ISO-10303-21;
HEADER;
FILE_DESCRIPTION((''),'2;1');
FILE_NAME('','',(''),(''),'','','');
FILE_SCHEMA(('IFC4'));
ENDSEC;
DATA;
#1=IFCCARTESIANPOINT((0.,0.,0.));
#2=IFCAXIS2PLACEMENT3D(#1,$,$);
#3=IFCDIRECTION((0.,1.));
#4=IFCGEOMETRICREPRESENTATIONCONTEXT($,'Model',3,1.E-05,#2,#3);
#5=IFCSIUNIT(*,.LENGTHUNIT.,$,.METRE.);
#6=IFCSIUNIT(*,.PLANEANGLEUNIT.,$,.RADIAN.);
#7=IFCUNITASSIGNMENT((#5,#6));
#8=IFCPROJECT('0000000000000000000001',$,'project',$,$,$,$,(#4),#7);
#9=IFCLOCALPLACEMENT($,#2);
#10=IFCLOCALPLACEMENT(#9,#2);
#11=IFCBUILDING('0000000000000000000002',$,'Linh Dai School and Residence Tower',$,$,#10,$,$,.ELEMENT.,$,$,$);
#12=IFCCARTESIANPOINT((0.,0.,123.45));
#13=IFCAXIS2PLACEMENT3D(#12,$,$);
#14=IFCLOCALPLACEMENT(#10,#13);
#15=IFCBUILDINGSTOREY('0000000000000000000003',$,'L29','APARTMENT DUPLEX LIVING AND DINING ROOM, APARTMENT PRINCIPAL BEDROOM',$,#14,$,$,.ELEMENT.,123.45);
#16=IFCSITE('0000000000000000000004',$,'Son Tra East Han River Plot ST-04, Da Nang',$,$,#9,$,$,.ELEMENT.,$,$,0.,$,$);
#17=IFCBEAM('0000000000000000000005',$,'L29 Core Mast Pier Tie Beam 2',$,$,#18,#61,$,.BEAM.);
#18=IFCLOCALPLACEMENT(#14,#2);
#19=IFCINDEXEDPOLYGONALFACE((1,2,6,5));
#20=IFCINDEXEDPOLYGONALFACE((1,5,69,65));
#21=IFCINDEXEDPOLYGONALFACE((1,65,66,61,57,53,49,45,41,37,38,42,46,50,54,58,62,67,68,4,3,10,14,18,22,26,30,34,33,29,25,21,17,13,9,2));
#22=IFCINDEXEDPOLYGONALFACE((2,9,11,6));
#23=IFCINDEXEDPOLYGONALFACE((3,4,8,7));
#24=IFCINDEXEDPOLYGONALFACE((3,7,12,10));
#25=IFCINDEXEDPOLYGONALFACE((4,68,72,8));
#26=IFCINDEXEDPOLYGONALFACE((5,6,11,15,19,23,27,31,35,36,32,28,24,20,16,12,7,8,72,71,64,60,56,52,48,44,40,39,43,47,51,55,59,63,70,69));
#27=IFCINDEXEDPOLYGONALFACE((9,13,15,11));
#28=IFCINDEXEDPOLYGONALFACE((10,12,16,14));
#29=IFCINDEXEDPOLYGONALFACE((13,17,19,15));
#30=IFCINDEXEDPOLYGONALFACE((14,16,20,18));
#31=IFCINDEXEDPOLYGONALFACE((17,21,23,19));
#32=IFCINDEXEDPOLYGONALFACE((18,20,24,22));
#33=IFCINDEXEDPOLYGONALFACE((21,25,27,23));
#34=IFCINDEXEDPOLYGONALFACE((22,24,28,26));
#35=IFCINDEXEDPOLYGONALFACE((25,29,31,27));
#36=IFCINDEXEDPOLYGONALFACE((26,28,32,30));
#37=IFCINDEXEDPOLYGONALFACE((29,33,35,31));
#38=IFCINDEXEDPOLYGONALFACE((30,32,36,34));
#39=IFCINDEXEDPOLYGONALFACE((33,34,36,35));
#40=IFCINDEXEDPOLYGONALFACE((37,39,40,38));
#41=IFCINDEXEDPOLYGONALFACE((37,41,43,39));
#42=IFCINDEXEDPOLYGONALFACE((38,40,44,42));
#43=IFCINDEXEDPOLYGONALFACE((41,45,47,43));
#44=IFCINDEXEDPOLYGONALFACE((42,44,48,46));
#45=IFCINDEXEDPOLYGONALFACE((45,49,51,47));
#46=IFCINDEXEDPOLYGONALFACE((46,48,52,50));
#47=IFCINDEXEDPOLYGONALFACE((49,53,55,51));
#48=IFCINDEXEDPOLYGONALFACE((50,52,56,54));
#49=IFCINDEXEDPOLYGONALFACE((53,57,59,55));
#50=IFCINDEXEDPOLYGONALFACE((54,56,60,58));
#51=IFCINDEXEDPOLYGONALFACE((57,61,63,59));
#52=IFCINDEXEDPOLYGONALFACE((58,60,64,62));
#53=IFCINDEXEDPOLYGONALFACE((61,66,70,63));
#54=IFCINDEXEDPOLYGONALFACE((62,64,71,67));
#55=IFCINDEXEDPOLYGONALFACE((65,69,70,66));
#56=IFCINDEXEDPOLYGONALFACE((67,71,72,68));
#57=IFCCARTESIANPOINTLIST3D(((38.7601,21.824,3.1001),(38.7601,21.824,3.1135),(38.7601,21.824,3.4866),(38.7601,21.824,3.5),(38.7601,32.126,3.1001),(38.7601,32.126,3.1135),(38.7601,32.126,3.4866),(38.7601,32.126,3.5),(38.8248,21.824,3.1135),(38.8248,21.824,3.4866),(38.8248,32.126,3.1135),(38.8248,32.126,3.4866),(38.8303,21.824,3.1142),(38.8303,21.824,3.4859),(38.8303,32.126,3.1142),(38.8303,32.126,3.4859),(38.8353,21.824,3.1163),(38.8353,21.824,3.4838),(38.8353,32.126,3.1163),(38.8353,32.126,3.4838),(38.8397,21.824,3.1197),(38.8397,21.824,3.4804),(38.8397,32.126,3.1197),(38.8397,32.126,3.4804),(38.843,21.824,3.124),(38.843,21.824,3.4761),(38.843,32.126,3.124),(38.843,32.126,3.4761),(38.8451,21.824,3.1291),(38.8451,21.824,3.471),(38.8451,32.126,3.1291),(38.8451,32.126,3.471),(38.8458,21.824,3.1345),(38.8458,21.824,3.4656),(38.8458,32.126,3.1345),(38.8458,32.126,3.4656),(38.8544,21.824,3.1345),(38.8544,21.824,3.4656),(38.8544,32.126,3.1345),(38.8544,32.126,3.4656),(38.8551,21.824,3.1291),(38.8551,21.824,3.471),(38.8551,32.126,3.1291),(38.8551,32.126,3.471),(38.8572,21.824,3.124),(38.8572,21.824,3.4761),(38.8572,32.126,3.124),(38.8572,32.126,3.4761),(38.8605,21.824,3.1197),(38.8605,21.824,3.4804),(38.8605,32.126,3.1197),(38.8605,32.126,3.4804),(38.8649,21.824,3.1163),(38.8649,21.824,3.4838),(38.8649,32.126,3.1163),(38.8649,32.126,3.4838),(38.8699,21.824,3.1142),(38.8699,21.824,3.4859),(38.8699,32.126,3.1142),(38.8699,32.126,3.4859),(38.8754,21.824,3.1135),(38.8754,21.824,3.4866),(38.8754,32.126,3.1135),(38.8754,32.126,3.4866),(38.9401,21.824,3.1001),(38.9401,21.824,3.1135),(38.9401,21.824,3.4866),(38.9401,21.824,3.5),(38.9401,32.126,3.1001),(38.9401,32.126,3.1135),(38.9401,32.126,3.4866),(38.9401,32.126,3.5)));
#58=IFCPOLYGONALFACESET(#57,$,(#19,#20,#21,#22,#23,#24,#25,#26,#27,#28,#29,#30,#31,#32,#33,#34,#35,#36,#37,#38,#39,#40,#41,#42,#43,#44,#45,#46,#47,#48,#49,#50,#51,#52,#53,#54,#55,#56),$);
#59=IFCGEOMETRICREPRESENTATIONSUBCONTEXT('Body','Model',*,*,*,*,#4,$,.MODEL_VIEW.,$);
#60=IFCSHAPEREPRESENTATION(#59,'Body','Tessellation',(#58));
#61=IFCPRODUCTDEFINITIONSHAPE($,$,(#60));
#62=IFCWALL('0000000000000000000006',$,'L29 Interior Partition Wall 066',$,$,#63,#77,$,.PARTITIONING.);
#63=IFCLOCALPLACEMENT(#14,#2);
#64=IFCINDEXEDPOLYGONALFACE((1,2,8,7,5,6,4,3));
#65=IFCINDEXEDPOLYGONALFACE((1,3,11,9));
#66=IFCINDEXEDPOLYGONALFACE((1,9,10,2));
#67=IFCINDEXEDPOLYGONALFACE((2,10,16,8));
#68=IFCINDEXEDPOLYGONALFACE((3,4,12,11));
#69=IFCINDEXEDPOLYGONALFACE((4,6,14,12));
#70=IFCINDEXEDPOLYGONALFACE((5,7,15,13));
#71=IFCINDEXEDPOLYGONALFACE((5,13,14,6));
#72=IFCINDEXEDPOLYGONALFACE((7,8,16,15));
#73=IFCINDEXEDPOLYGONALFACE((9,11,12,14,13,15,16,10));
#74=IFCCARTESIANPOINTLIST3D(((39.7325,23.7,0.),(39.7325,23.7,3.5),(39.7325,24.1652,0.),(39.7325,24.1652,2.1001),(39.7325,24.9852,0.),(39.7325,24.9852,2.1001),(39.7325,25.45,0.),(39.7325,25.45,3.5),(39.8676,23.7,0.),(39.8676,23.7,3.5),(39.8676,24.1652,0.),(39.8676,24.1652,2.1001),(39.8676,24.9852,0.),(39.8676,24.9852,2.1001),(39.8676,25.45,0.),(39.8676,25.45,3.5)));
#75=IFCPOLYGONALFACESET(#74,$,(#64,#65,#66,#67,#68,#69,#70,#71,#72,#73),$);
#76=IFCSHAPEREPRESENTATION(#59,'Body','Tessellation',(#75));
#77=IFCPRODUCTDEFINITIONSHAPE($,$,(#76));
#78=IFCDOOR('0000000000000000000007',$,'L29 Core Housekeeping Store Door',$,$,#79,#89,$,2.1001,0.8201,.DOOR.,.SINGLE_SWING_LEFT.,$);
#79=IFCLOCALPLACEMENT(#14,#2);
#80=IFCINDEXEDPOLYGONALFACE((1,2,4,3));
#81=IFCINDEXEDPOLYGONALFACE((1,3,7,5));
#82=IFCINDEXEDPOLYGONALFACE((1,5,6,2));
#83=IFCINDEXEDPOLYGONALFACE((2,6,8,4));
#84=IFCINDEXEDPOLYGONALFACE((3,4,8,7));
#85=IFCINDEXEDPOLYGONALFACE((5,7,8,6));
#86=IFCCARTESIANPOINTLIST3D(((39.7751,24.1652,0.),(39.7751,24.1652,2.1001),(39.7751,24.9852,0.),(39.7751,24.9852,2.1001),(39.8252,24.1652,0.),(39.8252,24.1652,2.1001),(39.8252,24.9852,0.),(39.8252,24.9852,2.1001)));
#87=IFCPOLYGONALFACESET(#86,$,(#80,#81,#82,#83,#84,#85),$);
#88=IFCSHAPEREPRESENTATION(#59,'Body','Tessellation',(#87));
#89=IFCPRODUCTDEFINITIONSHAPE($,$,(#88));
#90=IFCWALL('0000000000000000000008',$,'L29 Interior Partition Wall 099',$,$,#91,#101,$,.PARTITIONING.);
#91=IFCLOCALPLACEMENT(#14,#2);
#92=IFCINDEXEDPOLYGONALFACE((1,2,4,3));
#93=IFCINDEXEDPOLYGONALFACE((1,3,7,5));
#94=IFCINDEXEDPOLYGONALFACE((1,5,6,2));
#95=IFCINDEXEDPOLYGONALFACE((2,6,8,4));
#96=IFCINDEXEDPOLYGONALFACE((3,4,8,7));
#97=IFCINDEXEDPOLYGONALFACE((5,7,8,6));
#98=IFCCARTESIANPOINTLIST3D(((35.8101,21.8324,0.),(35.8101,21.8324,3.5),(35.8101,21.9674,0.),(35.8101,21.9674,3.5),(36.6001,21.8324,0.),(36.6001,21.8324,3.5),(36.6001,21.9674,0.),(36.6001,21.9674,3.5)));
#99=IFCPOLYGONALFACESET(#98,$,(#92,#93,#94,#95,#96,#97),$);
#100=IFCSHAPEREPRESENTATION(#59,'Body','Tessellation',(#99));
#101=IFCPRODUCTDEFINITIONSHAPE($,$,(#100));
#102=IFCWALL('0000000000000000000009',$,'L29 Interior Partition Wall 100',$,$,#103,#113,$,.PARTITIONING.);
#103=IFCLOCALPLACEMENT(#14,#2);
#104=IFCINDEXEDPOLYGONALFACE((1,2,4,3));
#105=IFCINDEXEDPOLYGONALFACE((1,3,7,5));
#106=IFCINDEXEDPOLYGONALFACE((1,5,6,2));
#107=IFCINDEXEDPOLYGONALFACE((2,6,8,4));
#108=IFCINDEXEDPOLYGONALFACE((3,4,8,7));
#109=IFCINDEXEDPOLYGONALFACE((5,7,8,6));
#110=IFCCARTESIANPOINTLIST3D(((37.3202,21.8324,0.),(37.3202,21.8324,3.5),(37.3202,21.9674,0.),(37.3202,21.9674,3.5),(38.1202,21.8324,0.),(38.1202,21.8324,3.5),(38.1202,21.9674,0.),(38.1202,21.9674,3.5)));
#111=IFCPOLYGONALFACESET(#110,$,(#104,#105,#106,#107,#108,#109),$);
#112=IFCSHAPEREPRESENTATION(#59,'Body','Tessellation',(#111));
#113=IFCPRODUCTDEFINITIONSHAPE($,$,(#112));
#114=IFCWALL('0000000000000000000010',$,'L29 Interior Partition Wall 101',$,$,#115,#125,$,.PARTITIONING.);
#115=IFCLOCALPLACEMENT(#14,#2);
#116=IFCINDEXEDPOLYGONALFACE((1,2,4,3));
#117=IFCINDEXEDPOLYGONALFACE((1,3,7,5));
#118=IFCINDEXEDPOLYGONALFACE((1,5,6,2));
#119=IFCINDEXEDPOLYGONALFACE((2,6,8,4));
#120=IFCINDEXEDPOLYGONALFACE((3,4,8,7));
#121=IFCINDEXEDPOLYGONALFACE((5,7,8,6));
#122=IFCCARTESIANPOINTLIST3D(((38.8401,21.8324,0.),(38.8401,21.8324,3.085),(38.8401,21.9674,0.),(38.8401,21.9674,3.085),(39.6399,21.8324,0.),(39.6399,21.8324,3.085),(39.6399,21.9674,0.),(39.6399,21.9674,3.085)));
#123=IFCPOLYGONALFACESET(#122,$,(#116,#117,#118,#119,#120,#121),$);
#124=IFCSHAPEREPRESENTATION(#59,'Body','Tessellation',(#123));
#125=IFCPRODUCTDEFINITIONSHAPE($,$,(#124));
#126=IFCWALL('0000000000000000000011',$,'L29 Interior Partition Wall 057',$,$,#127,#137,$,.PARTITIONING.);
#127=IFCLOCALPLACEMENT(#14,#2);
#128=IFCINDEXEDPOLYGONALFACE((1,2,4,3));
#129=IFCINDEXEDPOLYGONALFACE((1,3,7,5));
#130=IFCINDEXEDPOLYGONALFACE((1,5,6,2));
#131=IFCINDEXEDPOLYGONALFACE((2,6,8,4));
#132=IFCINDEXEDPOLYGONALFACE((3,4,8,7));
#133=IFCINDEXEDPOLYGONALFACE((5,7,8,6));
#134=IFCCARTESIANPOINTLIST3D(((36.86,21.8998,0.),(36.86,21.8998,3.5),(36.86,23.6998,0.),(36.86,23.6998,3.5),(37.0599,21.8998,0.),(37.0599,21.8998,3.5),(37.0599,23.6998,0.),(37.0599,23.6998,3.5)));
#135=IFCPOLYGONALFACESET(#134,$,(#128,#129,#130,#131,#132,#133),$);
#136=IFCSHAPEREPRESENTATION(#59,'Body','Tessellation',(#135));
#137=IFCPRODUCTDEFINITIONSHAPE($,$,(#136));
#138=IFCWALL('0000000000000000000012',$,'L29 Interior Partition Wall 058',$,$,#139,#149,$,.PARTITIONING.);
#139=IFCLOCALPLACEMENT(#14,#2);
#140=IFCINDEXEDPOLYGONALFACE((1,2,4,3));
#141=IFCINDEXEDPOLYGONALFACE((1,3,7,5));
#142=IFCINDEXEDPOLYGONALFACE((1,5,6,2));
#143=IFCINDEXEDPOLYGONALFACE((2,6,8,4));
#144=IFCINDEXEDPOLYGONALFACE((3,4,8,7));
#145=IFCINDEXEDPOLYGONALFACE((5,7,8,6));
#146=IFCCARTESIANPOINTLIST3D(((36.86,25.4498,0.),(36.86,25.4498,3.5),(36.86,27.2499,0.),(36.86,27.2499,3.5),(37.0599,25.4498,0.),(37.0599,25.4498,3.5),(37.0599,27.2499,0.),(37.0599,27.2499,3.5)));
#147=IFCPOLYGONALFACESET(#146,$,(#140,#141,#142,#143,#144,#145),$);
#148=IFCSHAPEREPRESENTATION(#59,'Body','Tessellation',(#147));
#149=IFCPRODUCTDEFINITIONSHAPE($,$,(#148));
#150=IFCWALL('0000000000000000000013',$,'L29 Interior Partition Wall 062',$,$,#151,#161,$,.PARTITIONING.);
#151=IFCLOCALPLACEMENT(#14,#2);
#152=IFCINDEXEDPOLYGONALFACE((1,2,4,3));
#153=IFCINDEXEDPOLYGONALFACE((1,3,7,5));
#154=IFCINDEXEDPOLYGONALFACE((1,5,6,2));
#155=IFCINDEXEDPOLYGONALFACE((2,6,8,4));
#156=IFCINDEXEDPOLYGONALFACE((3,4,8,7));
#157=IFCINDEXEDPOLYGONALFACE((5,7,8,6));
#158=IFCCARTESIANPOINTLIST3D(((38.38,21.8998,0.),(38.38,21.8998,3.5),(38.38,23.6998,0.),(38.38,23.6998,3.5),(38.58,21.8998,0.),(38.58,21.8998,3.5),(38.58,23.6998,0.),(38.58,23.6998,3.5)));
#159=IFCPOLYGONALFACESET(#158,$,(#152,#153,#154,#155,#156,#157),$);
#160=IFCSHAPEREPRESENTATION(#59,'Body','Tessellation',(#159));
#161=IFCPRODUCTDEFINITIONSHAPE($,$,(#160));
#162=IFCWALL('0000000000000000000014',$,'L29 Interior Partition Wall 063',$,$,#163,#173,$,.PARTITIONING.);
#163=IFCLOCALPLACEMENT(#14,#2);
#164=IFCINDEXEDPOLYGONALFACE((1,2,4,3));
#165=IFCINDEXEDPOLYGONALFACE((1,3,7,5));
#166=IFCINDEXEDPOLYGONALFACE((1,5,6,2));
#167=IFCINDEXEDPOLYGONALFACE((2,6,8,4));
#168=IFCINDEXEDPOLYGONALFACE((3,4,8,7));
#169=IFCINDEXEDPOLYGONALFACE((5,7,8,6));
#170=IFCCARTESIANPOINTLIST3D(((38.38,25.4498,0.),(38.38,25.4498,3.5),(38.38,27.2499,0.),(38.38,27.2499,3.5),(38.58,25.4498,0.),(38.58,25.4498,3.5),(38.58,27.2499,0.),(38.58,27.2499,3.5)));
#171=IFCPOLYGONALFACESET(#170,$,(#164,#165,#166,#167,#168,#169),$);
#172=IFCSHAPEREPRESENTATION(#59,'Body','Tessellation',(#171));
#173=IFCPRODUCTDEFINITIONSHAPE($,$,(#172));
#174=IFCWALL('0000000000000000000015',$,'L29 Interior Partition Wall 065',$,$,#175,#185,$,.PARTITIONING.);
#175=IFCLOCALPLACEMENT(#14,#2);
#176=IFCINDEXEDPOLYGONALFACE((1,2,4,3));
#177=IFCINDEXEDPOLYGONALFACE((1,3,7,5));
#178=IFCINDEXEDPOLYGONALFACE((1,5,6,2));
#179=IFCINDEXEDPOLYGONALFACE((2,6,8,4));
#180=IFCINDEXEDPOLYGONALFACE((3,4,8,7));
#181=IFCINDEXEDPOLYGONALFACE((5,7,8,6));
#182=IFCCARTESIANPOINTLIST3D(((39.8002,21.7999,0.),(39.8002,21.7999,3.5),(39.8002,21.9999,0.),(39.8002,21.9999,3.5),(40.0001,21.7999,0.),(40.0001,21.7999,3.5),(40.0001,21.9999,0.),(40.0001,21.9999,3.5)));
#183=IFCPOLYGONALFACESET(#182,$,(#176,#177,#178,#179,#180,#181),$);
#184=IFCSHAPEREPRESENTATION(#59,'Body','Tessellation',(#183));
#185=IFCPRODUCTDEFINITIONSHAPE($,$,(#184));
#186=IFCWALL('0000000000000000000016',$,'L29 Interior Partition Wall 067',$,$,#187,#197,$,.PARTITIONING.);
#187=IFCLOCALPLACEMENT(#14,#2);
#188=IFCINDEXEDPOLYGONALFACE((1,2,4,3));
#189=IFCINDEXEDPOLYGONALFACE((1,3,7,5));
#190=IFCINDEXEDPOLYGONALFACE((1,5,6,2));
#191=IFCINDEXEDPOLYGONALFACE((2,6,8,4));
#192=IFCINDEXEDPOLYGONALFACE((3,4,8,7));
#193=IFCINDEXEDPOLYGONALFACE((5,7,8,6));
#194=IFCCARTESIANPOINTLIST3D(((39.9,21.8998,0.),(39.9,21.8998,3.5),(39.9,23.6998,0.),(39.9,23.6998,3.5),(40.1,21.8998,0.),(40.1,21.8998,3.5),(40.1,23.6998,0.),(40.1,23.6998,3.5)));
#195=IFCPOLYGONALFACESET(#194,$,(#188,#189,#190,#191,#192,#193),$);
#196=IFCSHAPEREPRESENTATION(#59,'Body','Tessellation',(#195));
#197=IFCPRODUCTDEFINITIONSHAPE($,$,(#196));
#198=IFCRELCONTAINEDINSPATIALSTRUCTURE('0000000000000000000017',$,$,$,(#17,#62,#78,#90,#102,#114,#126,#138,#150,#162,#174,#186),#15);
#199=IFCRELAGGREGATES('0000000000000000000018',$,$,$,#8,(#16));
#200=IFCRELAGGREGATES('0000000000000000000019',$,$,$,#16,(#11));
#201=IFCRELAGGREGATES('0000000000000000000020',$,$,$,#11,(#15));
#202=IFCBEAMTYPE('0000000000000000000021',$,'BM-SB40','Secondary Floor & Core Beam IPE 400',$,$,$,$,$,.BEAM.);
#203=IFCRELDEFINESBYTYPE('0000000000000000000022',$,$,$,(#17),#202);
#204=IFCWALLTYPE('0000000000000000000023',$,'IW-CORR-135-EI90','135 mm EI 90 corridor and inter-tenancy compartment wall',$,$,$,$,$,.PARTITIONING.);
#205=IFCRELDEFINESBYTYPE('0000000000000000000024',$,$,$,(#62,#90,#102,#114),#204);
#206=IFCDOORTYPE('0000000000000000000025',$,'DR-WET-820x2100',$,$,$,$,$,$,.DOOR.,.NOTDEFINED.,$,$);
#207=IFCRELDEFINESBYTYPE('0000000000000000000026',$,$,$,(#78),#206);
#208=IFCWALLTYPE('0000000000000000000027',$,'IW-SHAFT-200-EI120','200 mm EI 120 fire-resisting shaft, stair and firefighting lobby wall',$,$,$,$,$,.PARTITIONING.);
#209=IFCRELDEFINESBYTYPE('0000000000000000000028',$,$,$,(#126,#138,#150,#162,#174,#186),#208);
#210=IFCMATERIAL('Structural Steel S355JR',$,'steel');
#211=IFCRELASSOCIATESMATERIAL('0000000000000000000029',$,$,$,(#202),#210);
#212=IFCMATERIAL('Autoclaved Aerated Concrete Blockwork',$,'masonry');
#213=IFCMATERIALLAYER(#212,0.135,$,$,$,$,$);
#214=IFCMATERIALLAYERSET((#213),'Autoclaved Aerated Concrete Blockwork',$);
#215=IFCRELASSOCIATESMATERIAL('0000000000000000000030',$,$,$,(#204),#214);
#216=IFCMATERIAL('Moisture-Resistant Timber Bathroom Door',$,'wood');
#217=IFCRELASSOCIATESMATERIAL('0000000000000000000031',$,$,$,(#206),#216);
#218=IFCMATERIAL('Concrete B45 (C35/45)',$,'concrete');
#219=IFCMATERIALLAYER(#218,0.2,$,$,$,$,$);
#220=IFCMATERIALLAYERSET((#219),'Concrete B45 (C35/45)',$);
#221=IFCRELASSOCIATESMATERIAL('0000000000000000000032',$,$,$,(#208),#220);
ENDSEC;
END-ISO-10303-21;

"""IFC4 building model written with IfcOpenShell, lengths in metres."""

from ifc_helpers import new_model, si_unit, direction, frame, frame_2d, origin, origin_2d, place, context, subcontext, project, spatial, rectangle, i_section, extrude, source, transform, mapped, material, layer, layer_set, material_profile, profile_set, type_object, element, fill, save


model = new_model("IFC4")

# Units and contexts
model_context = context("Model", 3, precision=1e-05, world=origin(), true_north=direction((0.0, 1.0)))
body_context = subcontext(model_context, "Body", "Model", "MODEL_VIEW")
ifc_project = project(units=[si_unit("LENGTHUNIT", "METRE"), si_unit("PLANEANGLEUNIT", "RADIAN")], contexts=[model_context])

# Site, building, storey
site_placement = place(None, origin())
site = spatial("IfcSite", under=ifc_project, at=site_placement, Name="Son Tra East Han River Plot ST-04, Da Nang", CompositionType="ELEMENT", RefElevation=0.0)
building_placement = place(site_placement, origin())
building = spatial("IfcBuilding", under=site, at=building_placement, Name="Linh Dai School and Residence Tower", CompositionType="ELEMENT")
storey_placement = place(building_placement, frame((0.0, 0.0, 123.45)))
storey = spatial("IfcBuildingStorey", under=building, at=storey_placement, Name="L29", Description="APARTMENT DUPLEX LIVING AND DINING ROOM, APARTMENT PRINCIPAL BEDROOM", CompositionType="ELEMENT", Elevation=123.45)

# Shared definitions
ifc_material_1 = material(Name="Structural Steel S355JR", Category="steel")

# Beam
ifc_material_profile_1 = material_profile(ifc_material_1, i_section(OverallWidth=0.1799, OverallDepth=0.3999, WebThickness=0.0085, FlangeThickness=0.0134, FilletRadius=0.021, at=origin_2d()), Name="IPE 400")
ifc_profile_set_1 = profile_set([ifc_material_profile_1], Name="Structural Steel S355JR")
beam_type = type_object("IfcBeamType", Name="BM-SB40", Description="Secondary Floor & Core Beam IPE 400", PredefinedType="BEAM", material=ifc_profile_set_1)
beam_placement = place(storey_placement, frame((38.8501, 21.824, 3.3), z_axis=(0.0, 1.0, 0.0), x_axis=(-1.0, 0.0, 0.0)))
element("IfcBeam", 1, at=beam_placement, inside=storey, type_object=beam_type, Name="L29 Core Mast Pier Tie Beam 2", PredefinedType="BEAM", context=body_context, shape_type="SweptSolid", body=[
    extrude(i_section(OverallWidth=0.1799, OverallDepth=0.3999, WebThickness=0.0085, FlangeThickness=0.0134, FilletRadius=0.021, at=origin_2d()), origin(), (0.0, 0.0, 1.0), 10.302),
])

# Wall, opening, door
ifc_material_2 = material(Name="Autoclaved Aerated Concrete Blockwork", Category="masonry")
ifc_layer_1 = layer(ifc_material_2, 0.135)
ifc_layer_set_1 = layer_set([ifc_layer_1], Name="Autoclaved Aerated Concrete Blockwork")
wall_type_1 = type_object("IfcWallType", Name="IW-CORR-135-EI90", Description="135 mm EI 90 corridor and inter-tenancy compartment wall", PredefinedType="PARTITIONING", material=ifc_layer_set_1)
wall_1_placement = place(storey_placement, frame((39.8, 23.7, 0.0), z_axis=(0.0, 0.0, 1.0), x_axis=(0.0, 1.0, 0.0)))
wall_1 = element("IfcWall", 2, at=wall_1_placement, inside=storey, type_object=wall_type_1, Name="L29 Interior Partition Wall 066", PredefinedType="PARTITIONING", context=body_context, shape_type="SweptSolid", body=[
    extrude(rectangle(XDim=1.75, YDim=0.135, at=frame_2d((0.875, 0.0))), origin(), (0.0, 0.0, 1.0), 3.5),
])
opening_placement = place(wall_1_placement, frame((0.4651, 0.0, 0.0)))
opening = element("IfcOpeningElement", 3, at=opening_placement, cuts=wall_1, PredefinedType="OPENING", context=body_context, shape_type="SweptSolid", body=[
    extrude(rectangle(XDim=0.8201, YDim=2.1001, at=origin_2d()), frame((0.4102, 0.0776, 1.05), z_axis=(0.0, -1.0, 0.0), x_axis=(1.0, 0.0, 0.0)), (0.0, 0.0, 1.0), 0.155),
])
ifc_material_3 = material(Name="Moisture-Resistant Timber Bathroom Door", Category="wood")
door_type = type_object("IfcDoorType", Name="DR-WET-820x2100", OperationType="NOTDEFINED", PredefinedType="DOOR", material=ifc_material_3)
shared_shape_1 = source(origin(), body_context, "Body", "SweptSolid", [
    extrude(rectangle(XDim=0.8201, YDim=2.1001, at=origin_2d()), frame((0.4102, 0.0249, 1.05), z_axis=(0.0, -1.0, 0.0), x_axis=(1.0, 0.0, 0.0)), (0.0, 0.0, 1.0), 0.05),
])
door_placement = place(opening_placement, origin())
door = element("IfcDoor", 4, at=door_placement, inside=storey, type_object=door_type, Name="L29 Core Housekeeping Store Door", OperationType="SINGLE_SWING_LEFT", OverallHeight=2.1001, OverallWidth=0.8201, PredefinedType="DOOR", context=body_context, shape_type="MappedRepresentation", body=[
    mapped(shared_shape_1, transform((0.0, 0.0, 0.0), x_axis=(1.0, 0.0, 0.0), y_axis=(0.0, 1.0, 0.0), z_axis=(0.0, 0.0, 1.0), scale=1.0)),
])
fill(opening, door)

# Walls
wall_2_placement = place(storey_placement, frame((36.6001, 21.8999, 0.0), z_axis=(0.0, 0.0, 1.0), x_axis=(-1.0, 0.0, 0.0)))
element("IfcWall", 5, at=wall_2_placement, inside=storey, type_object=wall_type_1, Name="L29 Interior Partition Wall 099", PredefinedType="PARTITIONING", context=body_context, shape_type="SweptSolid", body=[
    extrude(rectangle(XDim=0.79, YDim=0.135, at=frame_2d((0.395, 0.0))), origin(), (0.0, 0.0, 1.0), 3.5),
])
wall_3_placement = place(storey_placement, frame((38.1201, 21.8999, 0.0), z_axis=(0.0, 0.0, 1.0), x_axis=(-1.0, 0.0, 0.0)))
element("IfcWall", 6, at=wall_3_placement, inside=storey, type_object=wall_type_1, Name="L29 Interior Partition Wall 100", PredefinedType="PARTITIONING", context=body_context, shape_type="SweptSolid", body=[
    extrude(rectangle(XDim=0.8, YDim=0.135, at=frame_2d((0.3999, 0.0))), origin(), (0.0, 0.0, 1.0), 3.5),
])
wall_4_placement = place(storey_placement, frame((39.6399, 21.8999, 0.0), z_axis=(0.0, 0.0, 1.0), x_axis=(-1.0, 0.0, 0.0)))
element("IfcWall", 7, at=wall_4_placement, inside=storey, type_object=wall_type_1, Name="L29 Interior Partition Wall 101", PredefinedType="PARTITIONING", context=body_context, shape_type="SweptSolid", body=[
    extrude(rectangle(XDim=0.7998, YDim=0.135, at=frame_2d((0.3999, 0.0))), origin(), (0.0, 0.0, 1.0), 3.085),
])
ifc_material_4 = material(Name="Concrete B45 (C35/45)", Category="concrete")
ifc_layer_2 = layer(ifc_material_4, 0.2)
ifc_layer_set_2 = layer_set([ifc_layer_2], Name="Concrete B45 (C35/45)")
wall_type_2 = type_object("IfcWallType", Name="IW-SHAFT-200-EI120", Description="200 mm EI 120 fire-resisting shaft, stair and firefighting lobby wall", PredefinedType="PARTITIONING", material=ifc_layer_set_2)
for number, where, z_axis, x_axis, name in (
    (8, (36.96, 21.8999, 0.0), (0.0, 0.0, 1.0), (0.0, 1.0, 0.0), "L29 Interior Partition Wall 057"),
    (9, (36.96, 25.45, 0.0), (0.0, 0.0, 1.0), (0.0, 1.0, 0.0), "L29 Interior Partition Wall 058"),
    (10, (38.48, 21.8999, 0.0), (0.0, 0.0, 1.0), (0.0, 1.0, 0.0), "L29 Interior Partition Wall 062"),
    (11, (38.48, 25.45, 0.0), (0.0, 0.0, 1.0), (0.0, 1.0, 0.0), "L29 Interior Partition Wall 063"),
):
    element("IfcWall", number, at=place(storey_placement, frame(where, z_axis=z_axis, x_axis=x_axis)), inside=storey, type_object=wall_type_2, Name=name, PredefinedType="PARTITIONING", context=body_context, shape_type="SweptSolid", body=[
        extrude(rectangle(XDim=1.8, YDim=0.2, at=frame_2d((0.8999, 0.0))), origin(), (0.0, 0.0, 1.0), 3.5),
    ])
wall_5_placement = place(storey_placement, frame((39.8, 21.8999, 0.0), z_axis=(0.0, 0.0, 1.0), x_axis=(1.0, 0.0, 0.0)))
element("IfcWall", 12, at=wall_5_placement, inside=storey, type_object=wall_type_2, Name="L29 Interior Partition Wall 065", PredefinedType="PARTITIONING", context=body_context, shape_type="SweptSolid", body=[
    extrude(rectangle(XDim=0.2, YDim=0.2, at=frame_2d((0.1001, 0.0))), origin(), (0.0, 0.0, 1.0), 3.5),
])
wall_6_placement = place(storey_placement, frame((40.0, 21.8999, 0.0), z_axis=(0.0, 0.0, 1.0), x_axis=(0.0, 1.0, 0.0)))
element("IfcWall", 13, at=wall_6_placement, inside=storey, type_object=wall_type_2, Name="L29 Interior Partition Wall 067", PredefinedType="PARTITIONING", context=body_context, shape_type="SweptSolid", body=[
    extrude(rectangle(XDim=1.8, YDim=0.2, at=frame_2d((0.8999, 0.0))), origin(), (0.0, 0.0, 1.0), 3.5),
])

save(model, "model.ifc")
